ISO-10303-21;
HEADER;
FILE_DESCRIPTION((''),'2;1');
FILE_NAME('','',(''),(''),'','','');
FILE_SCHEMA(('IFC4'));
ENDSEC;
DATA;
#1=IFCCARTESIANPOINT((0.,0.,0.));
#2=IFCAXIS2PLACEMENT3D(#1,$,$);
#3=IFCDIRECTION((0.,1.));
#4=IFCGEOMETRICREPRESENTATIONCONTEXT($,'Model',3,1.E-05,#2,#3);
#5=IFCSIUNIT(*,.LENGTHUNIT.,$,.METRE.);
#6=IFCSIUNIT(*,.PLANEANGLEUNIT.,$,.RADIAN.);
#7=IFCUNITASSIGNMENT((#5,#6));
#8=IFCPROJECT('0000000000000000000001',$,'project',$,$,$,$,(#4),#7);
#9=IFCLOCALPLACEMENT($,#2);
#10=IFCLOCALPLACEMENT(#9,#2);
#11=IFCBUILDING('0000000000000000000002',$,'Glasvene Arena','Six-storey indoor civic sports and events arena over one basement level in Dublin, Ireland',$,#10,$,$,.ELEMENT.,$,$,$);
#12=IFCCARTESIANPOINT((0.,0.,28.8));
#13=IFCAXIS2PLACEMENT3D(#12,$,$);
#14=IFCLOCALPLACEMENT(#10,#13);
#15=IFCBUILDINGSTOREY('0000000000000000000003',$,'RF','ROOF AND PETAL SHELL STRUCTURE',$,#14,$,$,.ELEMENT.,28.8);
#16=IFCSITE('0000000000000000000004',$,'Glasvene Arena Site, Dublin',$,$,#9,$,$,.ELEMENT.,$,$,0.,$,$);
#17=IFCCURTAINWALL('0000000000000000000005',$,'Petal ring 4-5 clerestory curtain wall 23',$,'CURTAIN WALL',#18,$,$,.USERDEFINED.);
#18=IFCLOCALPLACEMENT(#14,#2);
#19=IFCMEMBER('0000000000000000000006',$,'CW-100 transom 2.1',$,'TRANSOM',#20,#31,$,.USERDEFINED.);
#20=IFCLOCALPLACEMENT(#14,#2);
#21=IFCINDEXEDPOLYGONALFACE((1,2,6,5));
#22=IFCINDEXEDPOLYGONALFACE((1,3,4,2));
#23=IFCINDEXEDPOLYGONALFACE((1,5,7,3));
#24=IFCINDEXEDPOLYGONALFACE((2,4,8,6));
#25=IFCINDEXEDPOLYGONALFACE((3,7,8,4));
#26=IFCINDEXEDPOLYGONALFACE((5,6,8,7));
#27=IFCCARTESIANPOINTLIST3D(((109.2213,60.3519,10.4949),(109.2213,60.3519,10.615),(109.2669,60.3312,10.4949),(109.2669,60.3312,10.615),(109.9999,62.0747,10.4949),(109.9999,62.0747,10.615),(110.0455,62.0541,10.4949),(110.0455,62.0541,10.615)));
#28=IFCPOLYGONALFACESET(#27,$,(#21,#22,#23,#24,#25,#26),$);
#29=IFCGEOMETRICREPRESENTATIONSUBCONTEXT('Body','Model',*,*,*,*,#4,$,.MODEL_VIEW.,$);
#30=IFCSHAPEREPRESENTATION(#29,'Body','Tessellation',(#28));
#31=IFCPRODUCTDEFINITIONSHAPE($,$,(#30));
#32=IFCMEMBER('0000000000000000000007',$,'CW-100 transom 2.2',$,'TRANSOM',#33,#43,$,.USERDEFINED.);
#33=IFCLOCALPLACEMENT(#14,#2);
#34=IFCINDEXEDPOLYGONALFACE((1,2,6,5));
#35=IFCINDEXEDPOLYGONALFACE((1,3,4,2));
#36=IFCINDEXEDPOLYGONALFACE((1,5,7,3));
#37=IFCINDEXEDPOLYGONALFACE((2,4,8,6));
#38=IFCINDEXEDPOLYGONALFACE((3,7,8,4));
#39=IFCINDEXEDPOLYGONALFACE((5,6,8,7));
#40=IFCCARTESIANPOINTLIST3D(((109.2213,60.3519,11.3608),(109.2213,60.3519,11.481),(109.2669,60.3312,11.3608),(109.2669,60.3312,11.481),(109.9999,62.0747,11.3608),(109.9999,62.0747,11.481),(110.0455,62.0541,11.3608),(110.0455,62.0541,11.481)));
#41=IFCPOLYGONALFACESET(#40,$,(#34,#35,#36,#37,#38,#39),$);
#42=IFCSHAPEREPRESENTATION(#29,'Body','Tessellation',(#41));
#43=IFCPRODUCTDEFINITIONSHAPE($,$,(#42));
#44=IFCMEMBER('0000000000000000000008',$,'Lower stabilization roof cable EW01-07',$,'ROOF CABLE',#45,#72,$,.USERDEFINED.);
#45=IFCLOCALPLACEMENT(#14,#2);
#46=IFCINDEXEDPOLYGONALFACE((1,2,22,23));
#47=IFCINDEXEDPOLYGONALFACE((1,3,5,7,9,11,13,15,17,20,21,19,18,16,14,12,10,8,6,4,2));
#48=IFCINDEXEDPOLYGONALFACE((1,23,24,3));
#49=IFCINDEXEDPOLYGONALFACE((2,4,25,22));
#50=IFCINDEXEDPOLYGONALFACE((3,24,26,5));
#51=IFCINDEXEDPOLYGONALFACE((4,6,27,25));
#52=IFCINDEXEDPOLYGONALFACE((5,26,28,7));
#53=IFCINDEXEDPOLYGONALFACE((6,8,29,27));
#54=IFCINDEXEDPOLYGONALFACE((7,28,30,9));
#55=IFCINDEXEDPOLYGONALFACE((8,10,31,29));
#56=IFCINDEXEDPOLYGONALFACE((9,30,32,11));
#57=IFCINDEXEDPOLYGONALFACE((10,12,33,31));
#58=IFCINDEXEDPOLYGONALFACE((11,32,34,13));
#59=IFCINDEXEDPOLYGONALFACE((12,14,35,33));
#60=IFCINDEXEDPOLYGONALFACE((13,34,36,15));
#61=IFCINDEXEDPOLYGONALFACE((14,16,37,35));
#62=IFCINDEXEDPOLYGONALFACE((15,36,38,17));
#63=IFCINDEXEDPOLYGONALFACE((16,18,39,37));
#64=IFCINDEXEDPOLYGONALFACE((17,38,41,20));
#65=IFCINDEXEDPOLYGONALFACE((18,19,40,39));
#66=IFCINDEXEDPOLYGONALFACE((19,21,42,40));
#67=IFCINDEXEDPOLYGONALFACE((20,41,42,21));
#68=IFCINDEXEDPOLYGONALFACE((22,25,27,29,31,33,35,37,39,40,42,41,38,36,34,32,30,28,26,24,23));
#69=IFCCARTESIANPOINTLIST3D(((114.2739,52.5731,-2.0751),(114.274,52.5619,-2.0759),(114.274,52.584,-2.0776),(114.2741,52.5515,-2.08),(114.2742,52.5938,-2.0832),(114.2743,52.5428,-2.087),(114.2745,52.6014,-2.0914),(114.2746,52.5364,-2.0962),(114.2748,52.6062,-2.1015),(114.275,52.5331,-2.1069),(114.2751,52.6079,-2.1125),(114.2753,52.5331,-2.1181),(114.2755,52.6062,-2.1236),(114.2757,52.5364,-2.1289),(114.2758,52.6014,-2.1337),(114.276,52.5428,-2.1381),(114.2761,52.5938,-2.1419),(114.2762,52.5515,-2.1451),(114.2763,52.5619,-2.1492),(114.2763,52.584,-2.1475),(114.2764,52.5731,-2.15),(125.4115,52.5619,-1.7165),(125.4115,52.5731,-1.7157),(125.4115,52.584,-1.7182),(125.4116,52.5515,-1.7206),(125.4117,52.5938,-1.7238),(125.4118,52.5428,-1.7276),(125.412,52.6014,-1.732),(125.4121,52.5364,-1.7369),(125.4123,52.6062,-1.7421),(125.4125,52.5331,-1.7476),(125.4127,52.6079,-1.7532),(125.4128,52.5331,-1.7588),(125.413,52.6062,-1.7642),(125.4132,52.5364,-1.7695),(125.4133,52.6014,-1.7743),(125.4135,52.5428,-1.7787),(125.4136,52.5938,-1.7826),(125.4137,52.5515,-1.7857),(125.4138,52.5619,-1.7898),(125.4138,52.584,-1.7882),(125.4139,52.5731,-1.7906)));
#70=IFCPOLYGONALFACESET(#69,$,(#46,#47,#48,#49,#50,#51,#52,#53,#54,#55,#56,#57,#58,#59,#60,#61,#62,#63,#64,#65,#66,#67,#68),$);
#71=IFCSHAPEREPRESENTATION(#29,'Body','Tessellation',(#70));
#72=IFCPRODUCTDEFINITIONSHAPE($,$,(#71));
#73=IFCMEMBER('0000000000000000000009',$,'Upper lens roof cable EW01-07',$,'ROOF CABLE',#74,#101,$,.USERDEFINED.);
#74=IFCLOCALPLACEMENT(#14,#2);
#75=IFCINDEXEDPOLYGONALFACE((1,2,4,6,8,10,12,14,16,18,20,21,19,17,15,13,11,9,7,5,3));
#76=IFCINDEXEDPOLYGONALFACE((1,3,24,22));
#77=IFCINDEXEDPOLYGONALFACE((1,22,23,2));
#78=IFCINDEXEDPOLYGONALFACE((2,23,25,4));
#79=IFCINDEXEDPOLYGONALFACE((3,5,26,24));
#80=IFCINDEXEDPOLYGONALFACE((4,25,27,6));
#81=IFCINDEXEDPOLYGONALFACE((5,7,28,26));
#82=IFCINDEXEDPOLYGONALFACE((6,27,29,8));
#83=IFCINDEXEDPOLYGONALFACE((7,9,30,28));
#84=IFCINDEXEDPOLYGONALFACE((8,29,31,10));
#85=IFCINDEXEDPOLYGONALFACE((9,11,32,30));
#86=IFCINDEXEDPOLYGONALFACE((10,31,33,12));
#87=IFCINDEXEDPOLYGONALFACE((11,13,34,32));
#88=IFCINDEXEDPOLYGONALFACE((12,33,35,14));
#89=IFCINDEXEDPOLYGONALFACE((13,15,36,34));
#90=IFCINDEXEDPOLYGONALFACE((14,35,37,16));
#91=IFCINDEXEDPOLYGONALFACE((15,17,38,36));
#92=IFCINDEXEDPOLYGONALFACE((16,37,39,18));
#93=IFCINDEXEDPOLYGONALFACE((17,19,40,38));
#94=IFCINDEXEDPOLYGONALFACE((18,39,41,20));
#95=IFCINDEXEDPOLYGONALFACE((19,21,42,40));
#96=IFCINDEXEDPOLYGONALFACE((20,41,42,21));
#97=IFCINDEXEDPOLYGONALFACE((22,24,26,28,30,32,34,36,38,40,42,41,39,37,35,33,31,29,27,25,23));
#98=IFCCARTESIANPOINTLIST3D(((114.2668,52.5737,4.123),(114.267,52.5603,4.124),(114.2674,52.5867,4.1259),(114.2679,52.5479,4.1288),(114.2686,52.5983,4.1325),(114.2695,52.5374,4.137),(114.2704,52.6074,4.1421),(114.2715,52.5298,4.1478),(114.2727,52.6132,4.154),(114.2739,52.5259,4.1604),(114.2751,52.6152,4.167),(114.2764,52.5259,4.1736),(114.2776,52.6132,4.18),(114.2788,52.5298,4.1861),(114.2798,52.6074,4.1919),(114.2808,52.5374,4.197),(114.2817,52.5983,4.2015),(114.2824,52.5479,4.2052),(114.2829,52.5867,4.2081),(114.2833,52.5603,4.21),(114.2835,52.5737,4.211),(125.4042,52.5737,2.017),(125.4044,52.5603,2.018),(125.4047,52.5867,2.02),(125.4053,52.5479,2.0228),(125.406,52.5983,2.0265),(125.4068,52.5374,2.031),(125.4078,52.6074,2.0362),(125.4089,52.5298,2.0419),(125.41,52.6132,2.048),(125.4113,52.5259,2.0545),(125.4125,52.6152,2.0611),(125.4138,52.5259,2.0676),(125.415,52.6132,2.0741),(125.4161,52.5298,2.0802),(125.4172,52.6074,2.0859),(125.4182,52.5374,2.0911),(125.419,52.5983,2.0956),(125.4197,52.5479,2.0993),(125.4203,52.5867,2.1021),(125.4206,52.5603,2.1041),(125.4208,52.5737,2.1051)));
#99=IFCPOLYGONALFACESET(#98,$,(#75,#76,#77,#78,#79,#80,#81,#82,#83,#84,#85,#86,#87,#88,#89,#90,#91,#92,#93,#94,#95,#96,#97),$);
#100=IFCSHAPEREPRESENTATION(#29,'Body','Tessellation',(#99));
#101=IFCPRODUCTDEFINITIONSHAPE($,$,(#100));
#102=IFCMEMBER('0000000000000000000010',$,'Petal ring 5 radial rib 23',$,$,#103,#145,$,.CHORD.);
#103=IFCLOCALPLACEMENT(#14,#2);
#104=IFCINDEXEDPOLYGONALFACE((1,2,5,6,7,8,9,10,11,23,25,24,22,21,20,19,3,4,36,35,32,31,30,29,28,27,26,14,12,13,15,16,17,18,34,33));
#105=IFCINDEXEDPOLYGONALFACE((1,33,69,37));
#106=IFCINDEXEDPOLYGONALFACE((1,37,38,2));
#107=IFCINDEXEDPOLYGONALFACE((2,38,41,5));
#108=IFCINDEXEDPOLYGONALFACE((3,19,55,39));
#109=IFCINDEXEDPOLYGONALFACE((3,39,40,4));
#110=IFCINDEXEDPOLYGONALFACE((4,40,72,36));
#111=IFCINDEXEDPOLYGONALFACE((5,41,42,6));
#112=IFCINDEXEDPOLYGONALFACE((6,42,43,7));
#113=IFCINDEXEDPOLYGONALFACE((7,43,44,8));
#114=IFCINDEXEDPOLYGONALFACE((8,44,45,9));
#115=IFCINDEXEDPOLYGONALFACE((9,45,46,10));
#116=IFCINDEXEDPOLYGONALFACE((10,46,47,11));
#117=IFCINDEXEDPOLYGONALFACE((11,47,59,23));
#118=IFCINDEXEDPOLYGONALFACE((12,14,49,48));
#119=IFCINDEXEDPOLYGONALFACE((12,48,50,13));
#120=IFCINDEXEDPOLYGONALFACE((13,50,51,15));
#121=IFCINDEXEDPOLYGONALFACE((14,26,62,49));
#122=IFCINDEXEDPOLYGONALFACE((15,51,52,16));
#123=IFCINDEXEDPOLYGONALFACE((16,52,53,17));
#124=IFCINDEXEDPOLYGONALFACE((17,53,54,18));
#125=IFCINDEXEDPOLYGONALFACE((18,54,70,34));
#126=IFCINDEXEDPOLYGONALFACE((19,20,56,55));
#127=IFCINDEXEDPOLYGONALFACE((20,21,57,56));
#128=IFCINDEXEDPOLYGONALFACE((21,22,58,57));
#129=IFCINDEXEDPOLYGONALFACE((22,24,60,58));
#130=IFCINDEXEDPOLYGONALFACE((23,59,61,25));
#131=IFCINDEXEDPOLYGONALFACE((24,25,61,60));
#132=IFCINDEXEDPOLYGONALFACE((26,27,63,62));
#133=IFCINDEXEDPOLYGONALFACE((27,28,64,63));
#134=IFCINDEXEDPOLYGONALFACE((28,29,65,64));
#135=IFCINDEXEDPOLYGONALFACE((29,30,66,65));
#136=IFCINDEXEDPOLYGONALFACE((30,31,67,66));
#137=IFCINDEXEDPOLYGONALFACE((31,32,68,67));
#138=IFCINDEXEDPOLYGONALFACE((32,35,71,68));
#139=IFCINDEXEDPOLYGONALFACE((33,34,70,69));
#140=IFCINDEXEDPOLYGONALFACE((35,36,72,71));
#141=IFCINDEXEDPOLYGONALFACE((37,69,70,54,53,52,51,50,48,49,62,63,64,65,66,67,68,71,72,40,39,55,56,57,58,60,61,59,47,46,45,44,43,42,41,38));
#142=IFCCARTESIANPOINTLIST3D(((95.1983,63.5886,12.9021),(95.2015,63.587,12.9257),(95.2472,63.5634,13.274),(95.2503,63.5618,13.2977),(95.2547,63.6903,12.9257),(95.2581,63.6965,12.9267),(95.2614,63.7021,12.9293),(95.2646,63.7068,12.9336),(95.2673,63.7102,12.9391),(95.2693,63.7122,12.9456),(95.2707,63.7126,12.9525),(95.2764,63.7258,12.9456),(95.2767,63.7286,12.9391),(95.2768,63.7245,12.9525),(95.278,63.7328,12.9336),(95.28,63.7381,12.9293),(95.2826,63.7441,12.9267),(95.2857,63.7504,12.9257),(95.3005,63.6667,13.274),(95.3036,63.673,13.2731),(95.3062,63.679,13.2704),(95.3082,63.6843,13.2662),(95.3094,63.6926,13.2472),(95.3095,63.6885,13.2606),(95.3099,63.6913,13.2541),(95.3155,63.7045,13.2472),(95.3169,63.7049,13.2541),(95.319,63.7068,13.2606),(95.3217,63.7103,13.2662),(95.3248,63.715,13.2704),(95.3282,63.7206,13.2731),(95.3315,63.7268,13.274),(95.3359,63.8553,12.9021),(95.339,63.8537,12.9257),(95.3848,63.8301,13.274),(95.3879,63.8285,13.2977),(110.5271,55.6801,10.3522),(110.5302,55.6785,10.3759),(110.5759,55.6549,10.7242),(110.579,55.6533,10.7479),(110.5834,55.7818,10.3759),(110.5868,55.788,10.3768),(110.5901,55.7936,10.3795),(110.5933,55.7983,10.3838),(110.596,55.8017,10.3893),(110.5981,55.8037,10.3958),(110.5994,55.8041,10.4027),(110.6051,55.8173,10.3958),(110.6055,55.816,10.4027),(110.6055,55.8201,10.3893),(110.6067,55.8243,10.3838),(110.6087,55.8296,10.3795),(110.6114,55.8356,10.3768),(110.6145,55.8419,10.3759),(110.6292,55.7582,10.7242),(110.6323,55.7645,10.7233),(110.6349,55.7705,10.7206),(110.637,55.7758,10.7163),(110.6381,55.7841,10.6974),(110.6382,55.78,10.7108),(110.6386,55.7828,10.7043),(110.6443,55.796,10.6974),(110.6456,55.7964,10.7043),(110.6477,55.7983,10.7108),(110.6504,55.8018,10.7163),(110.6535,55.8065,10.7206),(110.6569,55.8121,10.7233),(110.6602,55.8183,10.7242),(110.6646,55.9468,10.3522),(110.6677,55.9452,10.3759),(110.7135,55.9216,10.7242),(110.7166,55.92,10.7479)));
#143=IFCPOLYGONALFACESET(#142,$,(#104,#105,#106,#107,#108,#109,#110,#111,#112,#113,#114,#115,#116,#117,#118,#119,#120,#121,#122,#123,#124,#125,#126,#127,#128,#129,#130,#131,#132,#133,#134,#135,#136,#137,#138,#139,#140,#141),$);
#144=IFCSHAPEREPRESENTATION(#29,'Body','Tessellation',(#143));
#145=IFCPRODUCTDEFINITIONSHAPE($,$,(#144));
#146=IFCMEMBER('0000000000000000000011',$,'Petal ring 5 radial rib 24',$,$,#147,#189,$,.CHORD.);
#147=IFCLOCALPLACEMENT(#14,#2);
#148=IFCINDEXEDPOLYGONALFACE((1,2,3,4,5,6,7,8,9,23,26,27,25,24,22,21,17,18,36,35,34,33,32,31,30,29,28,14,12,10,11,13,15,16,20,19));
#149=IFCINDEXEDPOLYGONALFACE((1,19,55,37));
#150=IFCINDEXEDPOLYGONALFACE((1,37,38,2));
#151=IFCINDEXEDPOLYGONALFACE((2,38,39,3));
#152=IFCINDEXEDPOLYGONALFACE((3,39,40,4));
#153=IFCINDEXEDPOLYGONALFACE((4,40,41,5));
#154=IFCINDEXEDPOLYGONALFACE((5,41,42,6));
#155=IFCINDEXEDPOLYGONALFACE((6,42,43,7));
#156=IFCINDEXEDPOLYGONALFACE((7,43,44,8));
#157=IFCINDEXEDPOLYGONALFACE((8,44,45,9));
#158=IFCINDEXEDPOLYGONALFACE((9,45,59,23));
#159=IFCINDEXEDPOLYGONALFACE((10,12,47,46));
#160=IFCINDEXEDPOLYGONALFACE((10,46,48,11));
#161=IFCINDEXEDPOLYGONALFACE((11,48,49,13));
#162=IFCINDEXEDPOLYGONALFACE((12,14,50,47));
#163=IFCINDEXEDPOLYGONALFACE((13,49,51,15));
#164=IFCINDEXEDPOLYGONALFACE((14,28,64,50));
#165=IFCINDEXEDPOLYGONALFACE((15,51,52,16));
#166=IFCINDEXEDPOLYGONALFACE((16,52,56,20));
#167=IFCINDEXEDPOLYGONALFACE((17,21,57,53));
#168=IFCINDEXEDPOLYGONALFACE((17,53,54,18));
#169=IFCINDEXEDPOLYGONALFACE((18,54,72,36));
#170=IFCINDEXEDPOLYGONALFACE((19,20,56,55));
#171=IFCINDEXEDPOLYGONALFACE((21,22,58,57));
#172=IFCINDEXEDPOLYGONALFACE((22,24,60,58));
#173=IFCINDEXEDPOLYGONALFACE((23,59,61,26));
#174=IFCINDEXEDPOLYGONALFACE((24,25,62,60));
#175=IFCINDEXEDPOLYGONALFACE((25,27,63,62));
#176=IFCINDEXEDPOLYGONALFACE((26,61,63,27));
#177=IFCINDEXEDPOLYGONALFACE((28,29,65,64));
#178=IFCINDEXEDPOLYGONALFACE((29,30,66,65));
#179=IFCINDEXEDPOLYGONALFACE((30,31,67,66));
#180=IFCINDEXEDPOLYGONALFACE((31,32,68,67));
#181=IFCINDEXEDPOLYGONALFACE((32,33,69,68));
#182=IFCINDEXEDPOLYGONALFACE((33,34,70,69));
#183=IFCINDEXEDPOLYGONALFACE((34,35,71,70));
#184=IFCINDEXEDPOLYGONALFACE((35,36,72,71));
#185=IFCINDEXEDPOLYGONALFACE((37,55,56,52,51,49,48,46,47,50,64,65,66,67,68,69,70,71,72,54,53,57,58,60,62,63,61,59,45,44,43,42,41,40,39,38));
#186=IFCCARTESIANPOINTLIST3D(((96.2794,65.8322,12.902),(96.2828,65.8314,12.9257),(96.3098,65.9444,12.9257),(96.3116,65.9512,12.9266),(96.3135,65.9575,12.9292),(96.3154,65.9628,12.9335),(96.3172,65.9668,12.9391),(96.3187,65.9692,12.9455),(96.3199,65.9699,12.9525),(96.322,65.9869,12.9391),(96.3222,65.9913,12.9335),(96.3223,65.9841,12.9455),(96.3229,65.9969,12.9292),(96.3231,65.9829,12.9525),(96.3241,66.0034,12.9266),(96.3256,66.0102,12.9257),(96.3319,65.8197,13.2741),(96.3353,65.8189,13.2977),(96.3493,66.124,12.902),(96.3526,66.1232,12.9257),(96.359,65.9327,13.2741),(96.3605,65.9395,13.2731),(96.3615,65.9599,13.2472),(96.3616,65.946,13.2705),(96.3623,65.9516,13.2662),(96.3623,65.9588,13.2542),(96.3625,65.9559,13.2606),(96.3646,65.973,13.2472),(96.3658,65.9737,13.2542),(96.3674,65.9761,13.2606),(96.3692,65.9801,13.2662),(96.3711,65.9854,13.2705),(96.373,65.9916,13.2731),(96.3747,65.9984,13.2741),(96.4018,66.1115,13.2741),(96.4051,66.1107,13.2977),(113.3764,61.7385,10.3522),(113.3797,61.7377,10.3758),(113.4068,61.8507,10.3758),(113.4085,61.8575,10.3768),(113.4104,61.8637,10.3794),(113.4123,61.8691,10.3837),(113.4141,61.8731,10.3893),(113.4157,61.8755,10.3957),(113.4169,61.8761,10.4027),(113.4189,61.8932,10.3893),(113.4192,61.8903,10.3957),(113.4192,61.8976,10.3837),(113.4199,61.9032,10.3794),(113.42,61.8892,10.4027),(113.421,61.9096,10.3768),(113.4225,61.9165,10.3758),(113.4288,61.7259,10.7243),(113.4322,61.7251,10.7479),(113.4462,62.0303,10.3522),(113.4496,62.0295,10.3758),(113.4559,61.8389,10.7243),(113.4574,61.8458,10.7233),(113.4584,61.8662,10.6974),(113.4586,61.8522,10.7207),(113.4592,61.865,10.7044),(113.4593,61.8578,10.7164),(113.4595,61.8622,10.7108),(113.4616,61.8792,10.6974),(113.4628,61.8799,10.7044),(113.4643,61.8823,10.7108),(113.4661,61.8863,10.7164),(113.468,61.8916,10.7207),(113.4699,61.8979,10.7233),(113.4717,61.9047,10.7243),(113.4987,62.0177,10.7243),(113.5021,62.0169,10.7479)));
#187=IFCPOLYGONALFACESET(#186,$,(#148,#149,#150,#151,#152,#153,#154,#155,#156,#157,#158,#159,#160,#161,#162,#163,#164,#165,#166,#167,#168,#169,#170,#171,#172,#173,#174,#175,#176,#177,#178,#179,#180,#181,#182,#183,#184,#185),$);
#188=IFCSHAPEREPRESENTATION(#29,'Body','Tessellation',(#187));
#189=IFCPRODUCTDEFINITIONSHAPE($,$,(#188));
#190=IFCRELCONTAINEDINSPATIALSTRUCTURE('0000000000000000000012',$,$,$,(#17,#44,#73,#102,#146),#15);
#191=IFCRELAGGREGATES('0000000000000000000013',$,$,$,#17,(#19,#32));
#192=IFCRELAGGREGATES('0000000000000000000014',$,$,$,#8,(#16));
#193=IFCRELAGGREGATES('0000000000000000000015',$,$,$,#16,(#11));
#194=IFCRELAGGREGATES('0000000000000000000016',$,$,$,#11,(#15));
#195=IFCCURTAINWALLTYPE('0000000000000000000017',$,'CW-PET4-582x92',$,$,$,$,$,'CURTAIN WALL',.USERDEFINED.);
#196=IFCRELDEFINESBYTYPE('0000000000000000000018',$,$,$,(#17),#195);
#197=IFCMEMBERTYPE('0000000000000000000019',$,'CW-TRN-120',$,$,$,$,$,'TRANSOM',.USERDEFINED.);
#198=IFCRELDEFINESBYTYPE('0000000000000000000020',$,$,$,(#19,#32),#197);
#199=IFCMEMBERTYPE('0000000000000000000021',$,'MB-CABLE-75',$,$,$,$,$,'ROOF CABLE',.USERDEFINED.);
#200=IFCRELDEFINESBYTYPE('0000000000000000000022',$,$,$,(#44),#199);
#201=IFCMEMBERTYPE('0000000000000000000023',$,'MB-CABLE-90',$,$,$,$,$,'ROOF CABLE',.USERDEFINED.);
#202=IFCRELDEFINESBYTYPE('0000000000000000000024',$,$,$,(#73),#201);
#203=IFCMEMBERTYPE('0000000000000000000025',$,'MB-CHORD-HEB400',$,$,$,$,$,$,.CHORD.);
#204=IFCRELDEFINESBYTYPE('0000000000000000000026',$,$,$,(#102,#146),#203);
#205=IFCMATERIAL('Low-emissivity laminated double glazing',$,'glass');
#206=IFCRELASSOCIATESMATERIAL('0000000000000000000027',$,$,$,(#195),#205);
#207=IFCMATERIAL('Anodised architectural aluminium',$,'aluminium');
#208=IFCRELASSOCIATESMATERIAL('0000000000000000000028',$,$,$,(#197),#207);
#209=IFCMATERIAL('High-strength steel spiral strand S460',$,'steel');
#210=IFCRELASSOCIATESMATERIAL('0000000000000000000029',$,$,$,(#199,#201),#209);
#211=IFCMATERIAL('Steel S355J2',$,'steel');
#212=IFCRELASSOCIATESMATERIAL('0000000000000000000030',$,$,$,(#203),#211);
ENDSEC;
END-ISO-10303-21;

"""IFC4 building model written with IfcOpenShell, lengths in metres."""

from ifc_helpers import new_model, si_unit, direction, frame, origin, origin_2d, place, context, subcontext, project, spatial, rectangle, circle, i_section, extrude, material, material_profile, profile_set, type_object, element, aggregate, save


model = new_model("IFC4")

# Units and contexts
model_context = context("Model", 3, precision=1e-05, world=origin(), true_north=direction((0.0, 1.0)))
body_context = subcontext(model_context, "Body", "Model", "MODEL_VIEW")
ifc_project = project(units=[si_unit("LENGTHUNIT", "METRE"), si_unit("PLANEANGLEUNIT", "RADIAN")], contexts=[model_context])

# Site, building, storey
site_placement = place(None, origin())
site = spatial("IfcSite", under=ifc_project, at=site_placement, Name="Glasvene Arena Site, Dublin", CompositionType="ELEMENT", RefElevation=0.0)
building_placement = place(site_placement, origin())
building = spatial("IfcBuilding", under=site, at=building_placement, Name="Glasvene Arena", Description="Six-storey indoor civic sports and events arena over one basement level in Dublin, Ireland", CompositionType="ELEMENT")
storey_placement = place(building_placement, frame((0.0, 0.0, 28.8)))
storey = spatial("IfcBuildingStorey", under=building, at=storey_placement, Name="RF", Description="ROOF AND PETAL SHELL STRUCTURE", CompositionType="ELEMENT", Elevation=28.8)

# Shared definitions
ifc_material_1 = material(Name="Low-emissivity laminated double glazing", Category="glass")
ifc_material_2 = material(Name="Anodised architectural aluminium", Category="aluminium")

# Curtain wall
curtain_wall_type_1 = type_object("IfcCurtainWallType", Name="CW-PET4-582x92", ElementType="CURTAIN WALL", PredefinedType="USERDEFINED", material=ifc_material_1)
curtain_wall_1_placement = place(storey_placement, frame((108.4346, 58.55, 0.0)))
curtain_wall_1 = element("IfcCurtainWall", 1, at=curtain_wall_1_placement, inside=storey, type_object=curtain_wall_type_1, Name="Petal ring 4-5 clerestory curtain wall 23", ObjectType="CURTAIN WALL", PredefinedType="USERDEFINED")

# Members
ifc_material_profile_1 = material_profile(ifc_material_2, rectangle(XDim=0.05, YDim=0.1201, at=origin_2d()), Name="ALU TRANSOM 50x120")
ifc_profile_set_1 = profile_set([ifc_material_profile_1], Name="Anodised architectural aluminium")
member_type_1 = type_object("IfcMemberType", Name="CW-TRN-120", ElementType="TRANSOM", PredefinedType="USERDEFINED", material=ifc_profile_set_1)
member_1_placement = place(storey_placement, frame((109.2441, 60.3416, 10.5549), z_axis=(0.411798, 0.911275, 0.0), x_axis=(-0.911275, 0.411798, 0.0)))
member_1 = element("IfcMember", 2, at=member_1_placement, type_object=member_type_1, Name="CW-100 transom 2.1", ObjectType="TRANSOM", PredefinedType="USERDEFINED", context=body_context, shape_type="SweptSolid", body=[
    extrude(rectangle(XDim=0.05, YDim=0.1201, at=origin_2d()), origin(), (0.0, 0.0, 1.0), 1.8906),
])
member_2_placement = place(storey_placement, frame((109.2441, 60.3416, 11.4209), z_axis=(0.411798, 0.911275, 0.0), x_axis=(-0.911275, 0.411798, 0.0)))
member_2 = element("IfcMember", 3, at=member_2_placement, type_object=member_type_1, Name="CW-100 transom 2.2", ObjectType="TRANSOM", PredefinedType="USERDEFINED", context=body_context, shape_type="SweptSolid", body=[
    extrude(rectangle(XDim=0.05, YDim=0.1201, at=origin_2d()), origin(), (0.0, 0.0, 1.0), 1.8906),
])

# Members
ifc_material_3 = material(Name="High-strength steel spiral strand S460", Category="steel")
ifc_material_profile_2 = material_profile(ifc_material_3, circle(Radius=0.0376, at=origin_2d()), Name="LCSS D75")
ifc_profile_set_2 = profile_set([ifc_material_profile_2], Name="High-strength steel spiral strand S460")
member_type_2 = type_object("IfcMemberType", Name="MB-CABLE-75", ElementType="ROOF CABLE", PredefinedType="USERDEFINED", material=ifc_profile_set_2)
member_3_placement = place(storey_placement, frame((114.2751, 52.5703, -2.1125), z_axis=(0.99948, 0.0, 0.03225), x_axis=(0.0, 1.0, 0.0)))
element("IfcMember", 4, at=member_3_placement, inside=storey, type_object=member_type_2, Name="Lower stabilization roof cable EW01-07", ObjectType="ROOF CABLE", PredefinedType="USERDEFINED", context=body_context, shape_type="SweptSolid", body=[
    extrude(circle(Radius=0.0376, at=origin_2d()), origin(), (0.0, 0.0, 1.0), 11.1433),
])
ifc_material_profile_3 = material_profile(ifc_material_3, circle(Radius=0.0449, at=origin_2d()), Name="LCSS D90")
ifc_profile_set_3 = profile_set([ifc_material_profile_3], Name="High-strength steel spiral strand S460")
member_type_3 = type_object("IfcMemberType", Name="MB-CABLE-90", ElementType="ROOF CABLE", PredefinedType="USERDEFINED", material=ifc_profile_set_3)
member_4_placement = place(storey_placement, frame((114.2751, 52.5703, 4.167), z_axis=(0.982588, 0.0, -0.185796), x_axis=(0.0, 1.0, 0.0)))
element("IfcMember", 5, at=member_4_placement, inside=storey, type_object=member_type_3, Name="Upper lens roof cable EW01-07", ObjectType="ROOF CABLE", PredefinedType="USERDEFINED", context=body_context, shape_type="SweptSolid", body=[
    extrude(circle(Radius=0.0449, at=origin_2d()), origin(), (0.0, 0.0, 1.0), 11.3347),
])
ifc_material_4 = material(Name="Steel S355J2", Category="steel")
ifc_material_profile_4 = material_profile(ifc_material_4, i_section(OverallWidth=0.3, OverallDepth=0.3999, WebThickness=0.0134, FlangeThickness=0.0239, FilletRadius=0.0271, at=origin_2d()), Name="HEB 400")
ifc_profile_set_4 = profile_set([ifc_material_profile_4], Name="Steel S355J2")
member_type_4 = type_object("IfcMemberType", Name="MB-CHORD-HEB400", PredefinedType="CHORD", material=ifc_profile_set_4)
member_5_placement = place(storey_placement, frame((110.6218, 55.8, 10.55), z_axis=(-0.87914, 0.453572, 0.146239), x_axis=(-0.458501, -0.888694, 0.0)))
element("IfcMember", 6, at=member_5_placement, inside=storey, type_object=member_type_4, Name="Petal ring 5 radial rib 23", PredefinedType="CHORD", context=body_context, shape_type="SweptSolid", body=[
    extrude(i_section(OverallWidth=0.3, OverallDepth=0.3999, WebThickness=0.0134, FlangeThickness=0.0239, FilletRadius=0.0271, at=origin_2d()), origin(), (0.0, 0.0, 1.0), 17.436),
])
member_6_placement = place(storey_placement, frame((113.4392, 61.8777, 10.55), z_axis=(-0.96244, 0.23045, 0.143537), x_axis=(-0.232861, -0.97251, 0.0)))
element("IfcMember", 7, at=member_6_placement, inside=storey, type_object=member_type_4, Name="Petal ring 5 radial rib 24", PredefinedType="CHORD", context=body_context, shape_type="SweptSolid", body=[
    extrude(i_section(OverallWidth=0.3, OverallDepth=0.3999, WebThickness=0.0134, FlangeThickness=0.0239, FilletRadius=0.0271, at=origin_2d()), origin(), (0.0, 0.0, 1.0), 17.7642),
])

aggregate(curtain_wall_1, [member_1, member_2])

save(model, "model.ifc")
